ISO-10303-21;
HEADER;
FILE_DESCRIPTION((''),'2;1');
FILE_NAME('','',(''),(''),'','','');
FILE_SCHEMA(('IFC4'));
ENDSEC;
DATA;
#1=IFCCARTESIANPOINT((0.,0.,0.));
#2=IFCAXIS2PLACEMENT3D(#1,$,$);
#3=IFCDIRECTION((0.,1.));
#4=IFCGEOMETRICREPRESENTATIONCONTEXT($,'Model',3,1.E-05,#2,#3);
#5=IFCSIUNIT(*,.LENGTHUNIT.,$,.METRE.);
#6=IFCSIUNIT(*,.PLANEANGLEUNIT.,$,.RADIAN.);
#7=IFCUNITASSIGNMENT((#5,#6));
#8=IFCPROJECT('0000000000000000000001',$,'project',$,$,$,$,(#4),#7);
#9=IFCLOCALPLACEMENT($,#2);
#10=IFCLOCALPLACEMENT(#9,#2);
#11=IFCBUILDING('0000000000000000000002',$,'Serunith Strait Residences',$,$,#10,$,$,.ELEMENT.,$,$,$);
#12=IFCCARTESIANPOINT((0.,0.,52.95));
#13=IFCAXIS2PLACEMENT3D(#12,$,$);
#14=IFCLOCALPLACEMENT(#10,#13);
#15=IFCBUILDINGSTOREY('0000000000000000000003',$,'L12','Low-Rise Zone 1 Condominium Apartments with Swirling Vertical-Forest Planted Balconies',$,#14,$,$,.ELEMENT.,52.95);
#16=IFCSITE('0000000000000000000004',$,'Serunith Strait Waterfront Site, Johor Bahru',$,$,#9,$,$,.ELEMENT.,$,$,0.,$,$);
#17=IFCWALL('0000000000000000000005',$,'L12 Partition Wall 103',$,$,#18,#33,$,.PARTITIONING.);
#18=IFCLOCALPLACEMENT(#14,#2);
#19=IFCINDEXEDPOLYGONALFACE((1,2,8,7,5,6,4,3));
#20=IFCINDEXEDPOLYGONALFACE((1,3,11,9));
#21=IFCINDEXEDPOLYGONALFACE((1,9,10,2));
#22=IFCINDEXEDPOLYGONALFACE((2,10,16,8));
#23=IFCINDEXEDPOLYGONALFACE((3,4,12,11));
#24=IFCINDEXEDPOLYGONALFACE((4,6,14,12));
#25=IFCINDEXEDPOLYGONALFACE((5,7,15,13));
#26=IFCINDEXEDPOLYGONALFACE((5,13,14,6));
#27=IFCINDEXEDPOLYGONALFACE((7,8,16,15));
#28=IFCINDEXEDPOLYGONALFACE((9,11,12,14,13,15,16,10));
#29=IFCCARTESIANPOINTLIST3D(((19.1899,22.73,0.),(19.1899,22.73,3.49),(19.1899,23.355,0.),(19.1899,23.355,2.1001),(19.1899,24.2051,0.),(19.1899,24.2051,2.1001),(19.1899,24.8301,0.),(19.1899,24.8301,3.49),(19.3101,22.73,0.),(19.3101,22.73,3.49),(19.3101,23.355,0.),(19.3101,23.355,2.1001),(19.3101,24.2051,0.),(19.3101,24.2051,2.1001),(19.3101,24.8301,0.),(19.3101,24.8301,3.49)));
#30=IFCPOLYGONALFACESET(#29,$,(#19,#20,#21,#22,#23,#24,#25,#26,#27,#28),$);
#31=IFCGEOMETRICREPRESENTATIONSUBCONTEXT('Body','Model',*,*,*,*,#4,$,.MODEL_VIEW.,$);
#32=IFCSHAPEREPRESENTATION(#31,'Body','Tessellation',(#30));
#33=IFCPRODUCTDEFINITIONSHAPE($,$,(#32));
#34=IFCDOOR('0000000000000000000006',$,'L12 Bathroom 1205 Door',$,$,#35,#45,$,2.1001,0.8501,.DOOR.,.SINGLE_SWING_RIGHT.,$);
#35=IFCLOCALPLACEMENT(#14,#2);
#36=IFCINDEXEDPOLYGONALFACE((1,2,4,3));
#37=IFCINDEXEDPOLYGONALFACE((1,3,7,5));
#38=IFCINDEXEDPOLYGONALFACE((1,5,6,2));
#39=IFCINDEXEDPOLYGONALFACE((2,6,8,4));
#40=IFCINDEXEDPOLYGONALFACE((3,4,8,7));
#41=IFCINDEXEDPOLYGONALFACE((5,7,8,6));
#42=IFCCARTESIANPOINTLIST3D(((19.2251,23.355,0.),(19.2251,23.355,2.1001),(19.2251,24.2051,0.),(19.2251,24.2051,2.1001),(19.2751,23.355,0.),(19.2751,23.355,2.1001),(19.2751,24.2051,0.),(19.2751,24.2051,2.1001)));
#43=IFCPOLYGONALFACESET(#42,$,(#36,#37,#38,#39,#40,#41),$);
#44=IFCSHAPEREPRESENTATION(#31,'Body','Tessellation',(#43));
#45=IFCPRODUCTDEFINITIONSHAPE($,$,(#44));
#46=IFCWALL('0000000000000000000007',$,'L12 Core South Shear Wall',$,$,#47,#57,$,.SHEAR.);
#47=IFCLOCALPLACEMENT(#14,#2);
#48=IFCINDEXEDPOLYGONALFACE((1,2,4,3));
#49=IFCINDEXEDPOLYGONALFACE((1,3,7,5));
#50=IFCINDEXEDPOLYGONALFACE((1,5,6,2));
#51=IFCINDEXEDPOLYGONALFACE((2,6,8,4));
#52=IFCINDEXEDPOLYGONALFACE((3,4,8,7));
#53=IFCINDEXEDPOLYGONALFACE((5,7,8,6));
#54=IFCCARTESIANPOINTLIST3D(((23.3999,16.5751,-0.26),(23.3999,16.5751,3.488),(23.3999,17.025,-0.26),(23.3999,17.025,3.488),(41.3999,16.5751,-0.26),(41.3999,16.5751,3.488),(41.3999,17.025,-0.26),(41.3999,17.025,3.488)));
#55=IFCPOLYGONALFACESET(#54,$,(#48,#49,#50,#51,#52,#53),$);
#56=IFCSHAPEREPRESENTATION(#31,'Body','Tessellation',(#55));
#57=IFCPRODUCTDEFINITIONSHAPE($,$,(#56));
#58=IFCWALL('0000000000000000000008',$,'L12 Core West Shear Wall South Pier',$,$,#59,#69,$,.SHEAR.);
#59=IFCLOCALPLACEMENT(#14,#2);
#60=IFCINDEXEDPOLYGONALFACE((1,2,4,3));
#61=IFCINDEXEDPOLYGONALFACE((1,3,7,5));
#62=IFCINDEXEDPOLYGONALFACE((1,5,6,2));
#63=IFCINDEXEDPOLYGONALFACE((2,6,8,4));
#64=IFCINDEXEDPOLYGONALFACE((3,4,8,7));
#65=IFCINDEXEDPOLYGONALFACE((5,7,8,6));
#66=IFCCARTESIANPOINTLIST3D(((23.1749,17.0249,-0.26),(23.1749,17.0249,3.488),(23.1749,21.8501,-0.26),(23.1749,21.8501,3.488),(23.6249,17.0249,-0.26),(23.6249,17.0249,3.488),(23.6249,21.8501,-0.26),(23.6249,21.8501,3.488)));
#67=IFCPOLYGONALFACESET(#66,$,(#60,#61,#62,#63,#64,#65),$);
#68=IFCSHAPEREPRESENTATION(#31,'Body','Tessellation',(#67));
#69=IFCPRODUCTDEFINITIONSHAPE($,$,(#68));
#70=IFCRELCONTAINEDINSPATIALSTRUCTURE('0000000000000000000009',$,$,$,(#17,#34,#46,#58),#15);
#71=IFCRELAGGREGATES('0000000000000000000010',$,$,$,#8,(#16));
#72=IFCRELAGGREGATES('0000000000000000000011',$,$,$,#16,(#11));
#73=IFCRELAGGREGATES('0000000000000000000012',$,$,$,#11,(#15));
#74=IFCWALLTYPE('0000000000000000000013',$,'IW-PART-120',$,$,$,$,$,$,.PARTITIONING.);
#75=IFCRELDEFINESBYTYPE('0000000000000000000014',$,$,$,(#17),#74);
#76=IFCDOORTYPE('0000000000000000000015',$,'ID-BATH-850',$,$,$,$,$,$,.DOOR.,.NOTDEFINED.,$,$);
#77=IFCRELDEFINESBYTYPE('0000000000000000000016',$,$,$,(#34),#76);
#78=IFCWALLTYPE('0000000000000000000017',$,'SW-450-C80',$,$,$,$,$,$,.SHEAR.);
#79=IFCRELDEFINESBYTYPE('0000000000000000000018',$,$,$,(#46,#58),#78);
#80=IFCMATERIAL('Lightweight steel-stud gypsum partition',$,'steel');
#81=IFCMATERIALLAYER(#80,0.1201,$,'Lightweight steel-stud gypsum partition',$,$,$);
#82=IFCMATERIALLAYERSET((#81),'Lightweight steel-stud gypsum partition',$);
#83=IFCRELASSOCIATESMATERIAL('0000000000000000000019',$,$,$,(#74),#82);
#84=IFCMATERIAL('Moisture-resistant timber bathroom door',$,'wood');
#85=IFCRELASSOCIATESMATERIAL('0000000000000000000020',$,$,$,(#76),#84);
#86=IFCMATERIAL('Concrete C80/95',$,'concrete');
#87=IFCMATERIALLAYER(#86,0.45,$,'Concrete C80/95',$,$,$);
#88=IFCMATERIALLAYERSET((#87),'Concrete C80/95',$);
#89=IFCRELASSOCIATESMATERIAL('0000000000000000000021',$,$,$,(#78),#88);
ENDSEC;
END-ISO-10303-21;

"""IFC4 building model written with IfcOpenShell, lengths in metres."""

from ifc_helpers import new_model, si_unit, direction, frame, frame_2d, origin, place, context, subcontext, project, spatial, rectangle, extrude, source, transform, mapped, material, layer, layer_set, type_object, element, fill, save


model = new_model("IFC4")

# Units and contexts
model_context = context("Model", 3, precision=1e-05, world=origin(), true_north=direction((0.0, 1.0)))
body_context = subcontext(model_context, "Body", "Model", "MODEL_VIEW")
ifc_project = project(units=[si_unit("LENGTHUNIT", "METRE"), si_unit("PLANEANGLEUNIT", "RADIAN")], contexts=[model_context])

# Site, building, storey
site_placement = place(None, origin())
site = spatial("IfcSite", under=ifc_project, at=site_placement, Name="Serunith Strait Waterfront Site, Johor Bahru", CompositionType="ELEMENT", RefElevation=0.0)
building_placement = place(site_placement, origin())
building = spatial("IfcBuilding", under=site, at=building_placement, Name="Serunith Strait Residences", CompositionType="ELEMENT")
storey_placement = place(building_placement, frame((0.0, 0.0, 52.95)))
storey = spatial("IfcBuildingStorey", under=building, at=storey_placement, Name="L12", Description="Low-Rise Zone 1 Condominium Apartments with Swirling Vertical-Forest Planted Balconies", CompositionType="ELEMENT", Elevation=52.95)

# Shared definitions
ifc_material_1 = material(Name="Lightweight steel-stud gypsum partition", Category="steel")
ifc_layer_1 = layer(ifc_material_1, 0.1201, Name="Lightweight steel-stud gypsum partition")
ifc_layer_set_1 = layer_set([ifc_layer_1], Name="Lightweight steel-stud gypsum partition")
wall_type_1 = type_object("IfcWallType", Name="IW-PART-120", PredefinedType="PARTITIONING", material=ifc_layer_set_1)
shared_shape_1 = source(origin(), body_context, "Body", "SweptSolid", [
    extrude(rectangle(XDim=0.8501, YDim=2.1001, at=frame_2d((0.425, 1.05))), frame((0.0, 0.0249, 0.0), z_axis=(0.0, -1.0, 0.0), x_axis=(1.0, 0.0, 0.0)), (0.0, 0.0, 1.0), 0.05),
])

# Wall, opening, door
wall_1_placement = place(storey_placement, frame((19.25, 22.73, 0.0), z_axis=(0.0, 0.0, 1.0), x_axis=(0.0, 1.0, 0.0)))
wall_1 = element("IfcWall", 1, at=wall_1_placement, inside=storey, type_object=wall_type_1, Name="L12 Partition Wall 103", PredefinedType="PARTITIONING", context=body_context, shape_type="SweptSolid", body=[
    extrude(rectangle(XDim=2.1001, YDim=0.1201, at=frame_2d((1.05, 0.0))), origin(), (0.0, 0.0, 1.0), 3.49),
])
opening_1_placement = place(wall_1_placement, frame((0.625, 0.0, 0.0)))
opening_1 = element("IfcOpeningElement", 2, at=opening_1_placement, cuts=wall_1, PredefinedType="OPENING", context=body_context, shape_type="SweptSolid", body=[
    extrude(rectangle(XDim=0.8501, YDim=2.1001, at=frame_2d((0.425, 1.05))), frame((0.0, 0.0701, 0.0), z_axis=(0.0, -1.0, 0.0), x_axis=(1.0, 0.0, 0.0)), (0.0, 0.0, 1.0), 0.1401),
])
ifc_material_2 = material(Name="Moisture-resistant timber bathroom door", Category="wood")
door_type_1 = type_object("IfcDoorType", Name="ID-BATH-850", OperationType="NOTDEFINED", PredefinedType="DOOR", material=ifc_material_2)
door_1_placement = place(opening_1_placement, origin())
door_1 = element("IfcDoor", 3, at=door_1_placement, inside=storey, type_object=door_type_1, Name="L12 Bathroom 1205 Door", OperationType="SINGLE_SWING_RIGHT", OverallHeight=2.1001, OverallWidth=0.8501, PredefinedType="DOOR", context=body_context, shape_type="MappedRepresentation", body=[
    mapped(shared_shape_1, transform((0.0, 0.0, 0.0), scale=1.0)),
])
fill(opening_1, door_1)

# Walls
ifc_material_3 = material(Name="Concrete C80/95", Category="concrete")
ifc_layer_2 = layer(ifc_material_3, 0.45, Name="Concrete C80/95")
ifc_layer_set_2 = layer_set([ifc_layer_2], Name="Concrete C80/95")
wall_type_2 = type_object("IfcWallType", Name="SW-450-C80", PredefinedType="SHEAR", material=ifc_layer_set_2)
wall_2_placement = place(storey_placement, frame((23.3999, 16.8, -0.26), z_axis=(0.0, 0.0, 1.0), x_axis=(1.0, 0.0, 0.0)))
element("IfcWall", 4, at=wall_2_placement, inside=storey, type_object=wall_type_2, Name="L12 Core South Shear Wall", PredefinedType="SHEAR", context=body_context, shape_type="SweptSolid", body=[
    extrude(rectangle(XDim=18.0, YDim=0.45, at=frame_2d((9.0, 0.0))), origin(), (0.0, 0.0, 1.0), 3.748),
])
wall_3_placement = place(storey_placement, frame((23.3999, 17.0249, -0.26), z_axis=(0.0, 0.0, 1.0), x_axis=(0.0, 1.0, 0.0)))
element("IfcWall", 5, at=wall_3_placement, inside=storey, type_object=wall_type_2, Name="L12 Core West Shear Wall South Pier", PredefinedType="SHEAR", context=body_context, shape_type="SweptSolid", body=[
    extrude(rectangle(XDim=4.8252, YDim=0.45, at=frame_2d((2.4126, 0.0))), origin(), (0.0, 0.0, 1.0), 3.748),
])

save(model, "model.ifc")
